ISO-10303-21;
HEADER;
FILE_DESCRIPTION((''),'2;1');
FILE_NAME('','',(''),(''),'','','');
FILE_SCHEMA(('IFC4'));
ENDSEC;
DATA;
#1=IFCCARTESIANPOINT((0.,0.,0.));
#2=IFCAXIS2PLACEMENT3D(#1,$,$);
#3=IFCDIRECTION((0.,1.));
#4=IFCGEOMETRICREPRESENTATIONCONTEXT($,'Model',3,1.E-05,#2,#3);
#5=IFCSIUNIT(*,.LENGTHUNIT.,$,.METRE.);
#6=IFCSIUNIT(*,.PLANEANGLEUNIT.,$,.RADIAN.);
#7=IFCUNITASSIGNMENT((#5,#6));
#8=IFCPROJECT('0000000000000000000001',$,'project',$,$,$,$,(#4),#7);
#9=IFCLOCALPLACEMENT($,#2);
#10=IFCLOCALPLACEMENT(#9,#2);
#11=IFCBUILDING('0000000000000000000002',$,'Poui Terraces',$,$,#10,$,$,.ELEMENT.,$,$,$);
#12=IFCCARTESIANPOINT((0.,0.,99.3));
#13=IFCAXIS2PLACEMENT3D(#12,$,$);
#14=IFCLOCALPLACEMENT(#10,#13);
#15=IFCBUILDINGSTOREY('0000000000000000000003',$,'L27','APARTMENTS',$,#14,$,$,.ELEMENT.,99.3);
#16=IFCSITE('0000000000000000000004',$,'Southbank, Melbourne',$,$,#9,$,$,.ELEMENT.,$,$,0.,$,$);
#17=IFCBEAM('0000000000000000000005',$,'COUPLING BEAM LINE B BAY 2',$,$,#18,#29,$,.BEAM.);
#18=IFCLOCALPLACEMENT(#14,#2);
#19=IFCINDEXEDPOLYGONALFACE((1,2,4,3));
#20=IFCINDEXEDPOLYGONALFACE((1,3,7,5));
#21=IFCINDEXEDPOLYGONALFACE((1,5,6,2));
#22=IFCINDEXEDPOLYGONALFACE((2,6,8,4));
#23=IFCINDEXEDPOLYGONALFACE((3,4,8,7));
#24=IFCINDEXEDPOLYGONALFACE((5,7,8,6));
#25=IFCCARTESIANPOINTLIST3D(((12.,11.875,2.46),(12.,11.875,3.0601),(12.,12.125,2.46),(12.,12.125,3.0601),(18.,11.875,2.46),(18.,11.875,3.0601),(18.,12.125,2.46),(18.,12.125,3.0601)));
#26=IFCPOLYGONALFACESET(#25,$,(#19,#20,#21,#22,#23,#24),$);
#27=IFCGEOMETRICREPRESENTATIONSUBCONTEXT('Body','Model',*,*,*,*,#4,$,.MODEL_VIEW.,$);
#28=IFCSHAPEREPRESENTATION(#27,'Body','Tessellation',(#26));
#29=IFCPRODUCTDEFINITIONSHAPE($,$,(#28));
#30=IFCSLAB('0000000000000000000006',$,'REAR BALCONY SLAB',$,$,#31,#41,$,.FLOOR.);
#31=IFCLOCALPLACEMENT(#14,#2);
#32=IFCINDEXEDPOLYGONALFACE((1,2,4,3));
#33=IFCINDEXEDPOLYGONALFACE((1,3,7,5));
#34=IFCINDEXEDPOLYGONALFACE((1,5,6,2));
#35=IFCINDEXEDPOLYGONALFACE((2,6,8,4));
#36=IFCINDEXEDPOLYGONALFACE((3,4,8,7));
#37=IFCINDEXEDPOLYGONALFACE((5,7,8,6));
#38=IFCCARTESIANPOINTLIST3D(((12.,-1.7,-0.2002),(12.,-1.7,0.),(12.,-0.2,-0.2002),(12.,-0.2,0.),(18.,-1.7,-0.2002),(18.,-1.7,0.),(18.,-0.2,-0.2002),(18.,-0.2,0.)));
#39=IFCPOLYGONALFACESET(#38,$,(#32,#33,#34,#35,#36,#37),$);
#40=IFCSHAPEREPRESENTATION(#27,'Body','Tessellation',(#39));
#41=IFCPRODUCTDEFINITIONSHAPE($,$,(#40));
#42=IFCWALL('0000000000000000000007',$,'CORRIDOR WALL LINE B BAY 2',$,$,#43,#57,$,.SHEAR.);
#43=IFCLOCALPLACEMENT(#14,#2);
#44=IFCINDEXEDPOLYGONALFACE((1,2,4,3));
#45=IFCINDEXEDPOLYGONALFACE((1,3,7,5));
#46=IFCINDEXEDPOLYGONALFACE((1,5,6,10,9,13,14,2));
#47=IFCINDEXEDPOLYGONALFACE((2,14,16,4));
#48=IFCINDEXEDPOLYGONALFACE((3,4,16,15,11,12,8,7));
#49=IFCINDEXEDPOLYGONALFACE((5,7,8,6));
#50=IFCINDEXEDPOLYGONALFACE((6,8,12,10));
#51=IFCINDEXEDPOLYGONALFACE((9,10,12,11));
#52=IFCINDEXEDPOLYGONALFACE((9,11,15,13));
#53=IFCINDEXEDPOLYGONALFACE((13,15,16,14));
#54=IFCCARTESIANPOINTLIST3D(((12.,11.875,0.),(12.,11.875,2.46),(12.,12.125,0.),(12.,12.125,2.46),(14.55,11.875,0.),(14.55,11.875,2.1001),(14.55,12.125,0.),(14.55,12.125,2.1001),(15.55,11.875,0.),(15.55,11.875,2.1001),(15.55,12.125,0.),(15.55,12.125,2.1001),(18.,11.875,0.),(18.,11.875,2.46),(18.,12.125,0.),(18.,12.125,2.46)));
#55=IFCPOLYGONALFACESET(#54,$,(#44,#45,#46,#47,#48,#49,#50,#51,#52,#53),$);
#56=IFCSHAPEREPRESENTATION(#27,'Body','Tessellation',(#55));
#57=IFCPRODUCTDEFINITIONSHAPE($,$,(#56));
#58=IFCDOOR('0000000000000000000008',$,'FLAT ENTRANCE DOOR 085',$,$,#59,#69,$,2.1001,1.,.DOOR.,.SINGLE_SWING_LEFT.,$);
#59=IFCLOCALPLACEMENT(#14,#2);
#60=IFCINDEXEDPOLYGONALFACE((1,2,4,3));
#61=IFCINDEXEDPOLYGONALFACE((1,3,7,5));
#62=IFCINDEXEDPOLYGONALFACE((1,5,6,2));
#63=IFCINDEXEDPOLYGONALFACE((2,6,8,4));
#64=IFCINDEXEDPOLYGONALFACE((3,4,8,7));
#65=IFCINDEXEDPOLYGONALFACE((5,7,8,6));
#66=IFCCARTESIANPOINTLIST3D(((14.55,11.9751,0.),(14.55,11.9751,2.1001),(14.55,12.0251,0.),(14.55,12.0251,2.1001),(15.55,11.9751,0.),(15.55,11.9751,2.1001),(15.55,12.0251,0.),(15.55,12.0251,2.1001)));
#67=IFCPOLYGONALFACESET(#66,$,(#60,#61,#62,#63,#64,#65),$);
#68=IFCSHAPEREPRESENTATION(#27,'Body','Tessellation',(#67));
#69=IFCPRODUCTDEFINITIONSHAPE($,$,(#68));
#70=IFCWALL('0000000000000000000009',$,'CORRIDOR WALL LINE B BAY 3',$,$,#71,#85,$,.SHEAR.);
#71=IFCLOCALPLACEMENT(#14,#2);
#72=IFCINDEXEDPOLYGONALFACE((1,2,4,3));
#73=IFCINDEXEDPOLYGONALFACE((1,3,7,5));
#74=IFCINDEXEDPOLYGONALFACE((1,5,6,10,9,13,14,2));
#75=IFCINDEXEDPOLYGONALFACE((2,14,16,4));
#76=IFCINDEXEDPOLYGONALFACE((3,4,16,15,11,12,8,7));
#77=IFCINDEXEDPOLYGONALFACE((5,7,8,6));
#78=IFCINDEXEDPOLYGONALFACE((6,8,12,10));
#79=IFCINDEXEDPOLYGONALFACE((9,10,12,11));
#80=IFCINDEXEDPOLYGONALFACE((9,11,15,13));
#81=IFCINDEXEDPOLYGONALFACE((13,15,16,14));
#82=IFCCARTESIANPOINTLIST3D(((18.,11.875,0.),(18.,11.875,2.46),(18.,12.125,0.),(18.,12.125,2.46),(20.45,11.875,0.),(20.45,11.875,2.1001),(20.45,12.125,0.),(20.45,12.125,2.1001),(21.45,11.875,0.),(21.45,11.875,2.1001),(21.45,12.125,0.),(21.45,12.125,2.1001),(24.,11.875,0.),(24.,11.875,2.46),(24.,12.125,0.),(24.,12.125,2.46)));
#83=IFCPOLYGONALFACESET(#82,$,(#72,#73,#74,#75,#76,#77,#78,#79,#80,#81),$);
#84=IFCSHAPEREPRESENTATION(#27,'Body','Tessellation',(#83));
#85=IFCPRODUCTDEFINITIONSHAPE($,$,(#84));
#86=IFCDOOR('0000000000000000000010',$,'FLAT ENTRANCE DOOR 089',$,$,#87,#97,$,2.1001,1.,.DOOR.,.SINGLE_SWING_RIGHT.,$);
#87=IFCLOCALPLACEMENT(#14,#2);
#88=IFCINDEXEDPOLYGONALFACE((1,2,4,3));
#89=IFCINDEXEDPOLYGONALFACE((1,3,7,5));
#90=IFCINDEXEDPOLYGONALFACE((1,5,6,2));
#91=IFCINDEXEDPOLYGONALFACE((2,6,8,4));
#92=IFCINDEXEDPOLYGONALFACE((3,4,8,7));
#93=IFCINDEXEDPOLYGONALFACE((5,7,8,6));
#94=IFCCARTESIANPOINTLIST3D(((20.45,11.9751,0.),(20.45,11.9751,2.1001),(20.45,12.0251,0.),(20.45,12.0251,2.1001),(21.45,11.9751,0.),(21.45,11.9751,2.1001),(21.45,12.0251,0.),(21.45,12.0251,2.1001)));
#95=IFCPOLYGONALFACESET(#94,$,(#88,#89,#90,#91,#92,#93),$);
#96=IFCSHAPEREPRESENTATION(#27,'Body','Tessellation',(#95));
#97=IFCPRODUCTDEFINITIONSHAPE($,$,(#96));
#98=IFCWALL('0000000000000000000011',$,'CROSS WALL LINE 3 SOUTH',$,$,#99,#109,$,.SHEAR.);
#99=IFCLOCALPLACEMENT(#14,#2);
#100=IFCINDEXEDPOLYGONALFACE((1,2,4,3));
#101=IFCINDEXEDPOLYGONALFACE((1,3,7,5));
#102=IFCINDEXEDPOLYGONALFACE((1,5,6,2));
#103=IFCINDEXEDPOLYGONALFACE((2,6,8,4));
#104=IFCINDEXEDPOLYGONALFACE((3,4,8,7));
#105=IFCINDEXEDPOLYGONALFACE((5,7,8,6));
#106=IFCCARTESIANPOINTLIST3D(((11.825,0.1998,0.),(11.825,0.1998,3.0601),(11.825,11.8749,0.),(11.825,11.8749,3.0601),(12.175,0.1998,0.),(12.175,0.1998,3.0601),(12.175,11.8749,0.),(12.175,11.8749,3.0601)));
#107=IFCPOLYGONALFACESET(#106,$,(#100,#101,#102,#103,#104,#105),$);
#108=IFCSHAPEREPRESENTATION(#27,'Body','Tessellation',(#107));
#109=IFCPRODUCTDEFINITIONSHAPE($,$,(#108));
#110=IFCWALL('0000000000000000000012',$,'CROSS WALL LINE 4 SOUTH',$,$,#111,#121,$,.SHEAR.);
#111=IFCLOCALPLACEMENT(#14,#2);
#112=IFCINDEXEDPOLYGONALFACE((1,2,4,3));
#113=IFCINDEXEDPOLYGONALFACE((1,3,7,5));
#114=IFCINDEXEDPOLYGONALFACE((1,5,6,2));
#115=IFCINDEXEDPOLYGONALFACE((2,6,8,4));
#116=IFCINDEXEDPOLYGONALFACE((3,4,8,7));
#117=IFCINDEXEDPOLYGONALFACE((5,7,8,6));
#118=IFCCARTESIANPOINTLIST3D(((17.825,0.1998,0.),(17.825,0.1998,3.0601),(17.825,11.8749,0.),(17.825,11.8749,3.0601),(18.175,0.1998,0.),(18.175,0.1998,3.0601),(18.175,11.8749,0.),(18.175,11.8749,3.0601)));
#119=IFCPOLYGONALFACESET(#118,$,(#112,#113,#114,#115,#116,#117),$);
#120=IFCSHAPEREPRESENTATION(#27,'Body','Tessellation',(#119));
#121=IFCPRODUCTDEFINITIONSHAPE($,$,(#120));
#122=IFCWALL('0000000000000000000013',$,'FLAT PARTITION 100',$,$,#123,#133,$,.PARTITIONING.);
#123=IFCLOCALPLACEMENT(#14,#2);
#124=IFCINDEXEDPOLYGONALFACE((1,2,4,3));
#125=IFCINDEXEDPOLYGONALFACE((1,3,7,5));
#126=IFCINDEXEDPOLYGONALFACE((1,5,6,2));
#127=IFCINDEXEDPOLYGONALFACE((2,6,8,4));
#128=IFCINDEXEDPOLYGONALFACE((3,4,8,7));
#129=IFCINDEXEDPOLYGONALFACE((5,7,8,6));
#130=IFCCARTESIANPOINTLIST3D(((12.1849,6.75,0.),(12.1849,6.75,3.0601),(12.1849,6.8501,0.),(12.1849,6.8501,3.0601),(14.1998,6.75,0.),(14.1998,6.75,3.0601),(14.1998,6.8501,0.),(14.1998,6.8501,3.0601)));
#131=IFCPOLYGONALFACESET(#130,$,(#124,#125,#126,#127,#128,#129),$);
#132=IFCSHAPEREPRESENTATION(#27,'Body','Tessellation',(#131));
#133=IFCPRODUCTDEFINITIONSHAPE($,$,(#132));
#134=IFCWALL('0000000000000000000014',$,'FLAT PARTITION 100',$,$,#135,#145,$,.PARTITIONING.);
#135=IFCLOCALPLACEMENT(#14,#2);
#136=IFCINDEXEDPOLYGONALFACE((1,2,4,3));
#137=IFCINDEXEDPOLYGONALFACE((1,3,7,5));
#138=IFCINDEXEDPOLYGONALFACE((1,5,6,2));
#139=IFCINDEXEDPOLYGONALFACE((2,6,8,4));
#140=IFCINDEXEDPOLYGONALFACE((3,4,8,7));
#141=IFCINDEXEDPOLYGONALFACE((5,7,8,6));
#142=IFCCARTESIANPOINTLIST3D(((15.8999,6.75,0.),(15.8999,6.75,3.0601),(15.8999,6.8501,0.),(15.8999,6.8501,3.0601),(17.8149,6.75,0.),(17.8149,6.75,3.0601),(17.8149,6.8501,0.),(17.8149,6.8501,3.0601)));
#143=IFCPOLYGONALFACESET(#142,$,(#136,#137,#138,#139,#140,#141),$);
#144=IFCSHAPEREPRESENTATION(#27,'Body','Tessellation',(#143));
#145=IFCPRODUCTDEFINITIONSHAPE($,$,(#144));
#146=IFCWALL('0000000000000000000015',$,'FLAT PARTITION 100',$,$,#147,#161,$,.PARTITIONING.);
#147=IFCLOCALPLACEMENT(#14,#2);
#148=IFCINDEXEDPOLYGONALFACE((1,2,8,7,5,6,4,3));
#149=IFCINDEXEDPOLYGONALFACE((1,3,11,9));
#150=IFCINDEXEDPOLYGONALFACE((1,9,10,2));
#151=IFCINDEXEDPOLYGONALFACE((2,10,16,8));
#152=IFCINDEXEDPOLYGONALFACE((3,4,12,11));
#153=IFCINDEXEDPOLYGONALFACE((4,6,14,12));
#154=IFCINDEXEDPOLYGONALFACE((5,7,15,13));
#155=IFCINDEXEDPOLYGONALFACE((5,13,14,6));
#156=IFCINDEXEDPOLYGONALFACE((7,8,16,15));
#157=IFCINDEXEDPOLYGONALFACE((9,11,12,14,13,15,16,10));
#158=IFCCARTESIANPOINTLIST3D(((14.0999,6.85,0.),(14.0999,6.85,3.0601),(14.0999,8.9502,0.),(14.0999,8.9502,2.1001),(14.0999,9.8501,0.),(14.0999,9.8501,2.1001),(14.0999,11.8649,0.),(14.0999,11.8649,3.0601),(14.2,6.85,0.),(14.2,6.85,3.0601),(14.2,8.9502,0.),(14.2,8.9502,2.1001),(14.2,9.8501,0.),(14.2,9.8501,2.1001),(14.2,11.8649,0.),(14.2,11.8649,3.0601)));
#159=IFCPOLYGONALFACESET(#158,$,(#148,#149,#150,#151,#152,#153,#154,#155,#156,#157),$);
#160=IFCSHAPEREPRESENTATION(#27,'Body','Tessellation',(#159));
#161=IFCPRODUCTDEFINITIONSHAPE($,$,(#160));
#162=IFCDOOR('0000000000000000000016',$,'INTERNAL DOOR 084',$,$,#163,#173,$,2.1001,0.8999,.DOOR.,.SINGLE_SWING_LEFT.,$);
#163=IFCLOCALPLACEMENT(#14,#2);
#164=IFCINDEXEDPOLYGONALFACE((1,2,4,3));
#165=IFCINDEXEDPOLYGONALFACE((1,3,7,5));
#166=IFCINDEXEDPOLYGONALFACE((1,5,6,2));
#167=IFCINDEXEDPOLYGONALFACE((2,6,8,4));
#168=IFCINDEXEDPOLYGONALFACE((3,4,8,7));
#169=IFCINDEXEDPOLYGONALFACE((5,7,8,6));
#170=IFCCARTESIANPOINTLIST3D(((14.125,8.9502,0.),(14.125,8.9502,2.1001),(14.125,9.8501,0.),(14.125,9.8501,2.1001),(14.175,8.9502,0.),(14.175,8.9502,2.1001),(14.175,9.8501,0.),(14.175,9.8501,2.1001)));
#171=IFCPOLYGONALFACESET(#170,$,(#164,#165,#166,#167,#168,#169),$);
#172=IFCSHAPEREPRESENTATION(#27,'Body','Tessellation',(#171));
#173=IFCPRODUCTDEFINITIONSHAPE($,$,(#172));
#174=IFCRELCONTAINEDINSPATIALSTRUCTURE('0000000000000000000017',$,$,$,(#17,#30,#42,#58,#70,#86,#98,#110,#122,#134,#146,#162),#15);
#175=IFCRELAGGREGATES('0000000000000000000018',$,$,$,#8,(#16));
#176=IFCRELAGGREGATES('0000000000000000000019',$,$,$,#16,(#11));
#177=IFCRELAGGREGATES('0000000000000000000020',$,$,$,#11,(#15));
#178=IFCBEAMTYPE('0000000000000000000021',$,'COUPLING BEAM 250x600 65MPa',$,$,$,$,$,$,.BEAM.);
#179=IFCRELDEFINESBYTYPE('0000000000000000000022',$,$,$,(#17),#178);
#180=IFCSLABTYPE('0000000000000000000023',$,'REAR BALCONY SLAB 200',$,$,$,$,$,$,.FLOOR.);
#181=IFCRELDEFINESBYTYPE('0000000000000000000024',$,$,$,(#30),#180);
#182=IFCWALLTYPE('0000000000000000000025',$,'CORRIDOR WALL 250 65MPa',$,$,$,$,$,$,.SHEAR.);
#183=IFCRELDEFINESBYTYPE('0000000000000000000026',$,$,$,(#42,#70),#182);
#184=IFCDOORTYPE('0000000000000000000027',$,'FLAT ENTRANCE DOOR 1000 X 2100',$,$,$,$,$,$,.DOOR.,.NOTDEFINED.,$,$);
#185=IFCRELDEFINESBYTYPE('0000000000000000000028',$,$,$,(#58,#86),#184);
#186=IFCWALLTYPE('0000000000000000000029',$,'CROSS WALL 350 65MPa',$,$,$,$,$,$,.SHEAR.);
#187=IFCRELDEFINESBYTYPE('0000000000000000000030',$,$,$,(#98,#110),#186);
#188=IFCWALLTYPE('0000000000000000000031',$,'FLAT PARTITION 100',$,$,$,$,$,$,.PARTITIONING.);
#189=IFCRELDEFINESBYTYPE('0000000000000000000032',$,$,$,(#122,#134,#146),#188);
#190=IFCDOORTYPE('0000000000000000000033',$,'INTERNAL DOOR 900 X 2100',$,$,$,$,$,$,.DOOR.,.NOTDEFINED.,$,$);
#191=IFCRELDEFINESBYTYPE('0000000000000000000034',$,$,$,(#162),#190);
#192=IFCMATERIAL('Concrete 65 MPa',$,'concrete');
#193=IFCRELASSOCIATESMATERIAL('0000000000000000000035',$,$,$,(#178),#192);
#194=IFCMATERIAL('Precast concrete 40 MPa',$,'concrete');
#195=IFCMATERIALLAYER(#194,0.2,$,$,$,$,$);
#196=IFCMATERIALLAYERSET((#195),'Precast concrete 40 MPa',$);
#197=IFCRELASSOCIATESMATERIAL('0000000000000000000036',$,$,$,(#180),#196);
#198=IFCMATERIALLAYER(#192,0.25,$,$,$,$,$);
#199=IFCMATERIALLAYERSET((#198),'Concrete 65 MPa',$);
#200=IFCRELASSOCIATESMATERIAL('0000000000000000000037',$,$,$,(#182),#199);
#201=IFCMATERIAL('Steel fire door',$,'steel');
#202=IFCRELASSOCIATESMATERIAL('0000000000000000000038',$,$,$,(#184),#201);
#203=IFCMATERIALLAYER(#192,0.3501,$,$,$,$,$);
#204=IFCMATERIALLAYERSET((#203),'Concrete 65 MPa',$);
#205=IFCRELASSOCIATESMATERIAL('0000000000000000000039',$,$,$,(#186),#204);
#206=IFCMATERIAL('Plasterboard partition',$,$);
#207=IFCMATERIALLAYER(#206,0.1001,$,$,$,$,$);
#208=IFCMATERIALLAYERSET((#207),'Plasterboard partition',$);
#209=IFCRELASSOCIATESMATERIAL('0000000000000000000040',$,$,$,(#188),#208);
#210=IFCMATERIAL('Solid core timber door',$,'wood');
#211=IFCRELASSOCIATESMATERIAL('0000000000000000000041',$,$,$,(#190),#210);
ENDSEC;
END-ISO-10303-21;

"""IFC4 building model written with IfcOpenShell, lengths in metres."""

from ifc_helpers import new_model, si_unit, direction, frame, frame_2d, origin, origin_2d, place, context, subcontext, project, spatial, polyline, rectangle, outline, extrude, source, transform, mapped, material, layer, layer_set, material_profile, profile_set, type_object, element, fill, save


model = new_model("IFC4")

# Units and contexts
model_context = context("Model", 3, precision=1e-05, world=origin(), true_north=direction((0.0, 1.0)))
body_context = subcontext(model_context, "Body", "Model", "MODEL_VIEW")
ifc_project = project(units=[si_unit("LENGTHUNIT", "METRE"), si_unit("PLANEANGLEUNIT", "RADIAN")], contexts=[model_context])

# Site, building, storey
site_placement = place(None, origin())
site = spatial("IfcSite", under=ifc_project, at=site_placement, Name="Southbank, Melbourne", CompositionType="ELEMENT", RefElevation=0.0)
building_placement = place(site_placement, origin())
building = spatial("IfcBuilding", under=site, at=building_placement, Name="Poui Terraces", CompositionType="ELEMENT")
storey_placement = place(building_placement, frame((0.0, 0.0, 99.3)))
storey = spatial("IfcBuildingStorey", under=building, at=storey_placement, Name="L27", Description="APARTMENTS", CompositionType="ELEMENT", Elevation=99.3)

# Beam
ifc_material_1 = material(Name="Concrete 65 MPa", Category="concrete")
ifc_material_profile_1 = material_profile(ifc_material_1, rectangle(XDim=0.25, YDim=0.6001, at=origin_2d()), Name="RC 250x600")
ifc_profile_set_1 = profile_set([ifc_material_profile_1], Name="Concrete 65 MPa")
beam_type = type_object("IfcBeamType", Name="COUPLING BEAM 250x600 65MPa", PredefinedType="BEAM", material=ifc_profile_set_1)
shared_shape_1 = source(origin(), body_context, "Body", "SweptSolid", [
    extrude(rectangle(XDim=0.25, YDim=0.6001, at=origin_2d()), origin(), (0.0, 0.0, 1.0), 6.0),
])
beam_placement = place(storey_placement, frame((12.0, 12.0, 2.76), z_axis=(1.0, 0.0, 0.0), x_axis=(0.0, 1.0, 0.0)))
element("IfcBeam", 1, at=beam_placement, inside=storey, type_object=beam_type, Name="COUPLING BEAM LINE B BAY 2", PredefinedType="BEAM", context=body_context, shape_type="MappedRepresentation", body=[
    mapped(shared_shape_1, transform((0.0, 0.0, 0.0))),
])

# Slab
ifc_material_2 = material(Name="Precast concrete 40 MPa", Category="concrete")
ifc_layer_1 = layer(ifc_material_2, 0.2)
ifc_layer_set_1 = layer_set([ifc_layer_1], Name="Precast concrete 40 MPa")
slab_type = type_object("IfcSlabType", Name="REAR BALCONY SLAB 200", PredefinedType="FLOOR", material=ifc_layer_set_1)
shared_shape_2 = source(origin(), body_context, "Body", "SweptSolid", [
    extrude(outline(polyline([(0.0, 0.0), (6.0, 0.0), (6.0, 1.5), (0.0, 1.5), (0.0, 0.0)])), origin(), (0.0, 0.0, 1.0), 0.2002),
])
slab_placement = place(storey_placement, frame((12.0, -1.7, -0.2002)))
element("IfcSlab", 2, at=slab_placement, inside=storey, type_object=slab_type, Name="REAR BALCONY SLAB", PredefinedType="FLOOR", context=body_context, shape_type="MappedRepresentation", body=[
    mapped(shared_shape_2, transform((0.0, 0.0, 0.0))),
])

# Walls, openings, doors
ifc_layer_2 = layer(ifc_material_1, 0.25)
ifc_layer_set_2 = layer_set([ifc_layer_2], Name="Concrete 65 MPa")
wall_type_1 = type_object("IfcWallType", Name="CORRIDOR WALL 250 65MPa", PredefinedType="SHEAR", material=ifc_layer_set_2)
wall_1_placement = place(storey_placement, frame((12.0, 12.0, 0.0), z_axis=(0.0, 0.0, 1.0), x_axis=(1.0, 0.0, 0.0)))
wall_1 = element("IfcWall", 3, at=wall_1_placement, inside=storey, type_object=wall_type_1, Name="CORRIDOR WALL LINE B BAY 2", PredefinedType="SHEAR", context=body_context, shape_type="SweptSolid", body=[
    extrude(rectangle(XDim=6.0, YDim=0.25, at=frame_2d((3.0, 0.0))), origin(), (0.0, 0.0, 1.0), 2.46),
])
opening_1_placement = place(wall_1_placement, frame((2.55, 0.0, 0.0)))
opening_1 = element("IfcOpeningElement", 4, at=opening_1_placement, cuts=wall_1, PredefinedType="OPENING", context=body_context, shape_type="SweptSolid", body=[
    extrude(rectangle(XDim=1.0, YDim=2.1001, at=frame_2d((0.5, 1.05))), frame((0.0, 0.135, 0.0), z_axis=(0.0, -1.0, 0.0), x_axis=(1.0, 0.0, 0.0)), (0.0, 0.0, 1.0), 0.27),
])
ifc_material_3 = material(Name="Steel fire door", Category="steel")
door_type_1 = type_object("IfcDoorType", Name="FLAT ENTRANCE DOOR 1000 X 2100", OperationType="NOTDEFINED", PredefinedType="DOOR", material=ifc_material_3)
door_1_placement = place(opening_1_placement, frame((1.0, 0.0, 0.0), z_axis=(0.0, 0.0, 1.0), x_axis=(-1.0, 0.0, 0.0)))
door_1 = element("IfcDoor", 5, at=door_1_placement, inside=storey, type_object=door_type_1, Name="FLAT ENTRANCE DOOR 085", OperationType="SINGLE_SWING_LEFT", OverallHeight=2.1001, OverallWidth=1.0, PredefinedType="DOOR", context=body_context, shape_type="SweptSolid", body=[
    extrude(rectangle(XDim=1.0, YDim=2.1001, at=frame_2d((0.5, 1.05))), frame((0.0, 0.0249, 0.0), z_axis=(0.0, -1.0, 0.0), x_axis=(1.0, 0.0, 0.0)), (0.0, 0.0, 1.0), 0.05),
])
fill(opening_1, door_1)
wall_2_placement = place(storey_placement, frame((18.0, 12.0, 0.0), z_axis=(0.0, 0.0, 1.0), x_axis=(1.0, 0.0, 0.0)))
wall_2 = element("IfcWall", 6, at=wall_2_placement, inside=storey, type_object=wall_type_1, Name="CORRIDOR WALL LINE B BAY 3", PredefinedType="SHEAR", context=body_context, shape_type="SweptSolid", body=[
    extrude(rectangle(XDim=6.0, YDim=0.25, at=frame_2d((3.0, 0.0))), origin(), (0.0, 0.0, 1.0), 2.46),
])
opening_2_placement = place(wall_2_placement, frame((2.45, 0.0, 0.0)))
opening_2 = element("IfcOpeningElement", 7, at=opening_2_placement, cuts=wall_2, PredefinedType="OPENING", context=body_context, shape_type="SweptSolid", body=[
    extrude(rectangle(XDim=1.0, YDim=2.1001, at=frame_2d((0.5, 1.05))), frame((0.0, 0.135, 0.0), z_axis=(0.0, -1.0, 0.0), x_axis=(1.0, 0.0, 0.0)), (0.0, 0.0, 1.0), 0.27),
])
door_2_placement = place(opening_2_placement, frame((1.0, 0.0, 0.0), z_axis=(0.0, 0.0, 1.0), x_axis=(-1.0, 0.0, 0.0)))
door_2 = element("IfcDoor", 8, at=door_2_placement, inside=storey, type_object=door_type_1, Name="FLAT ENTRANCE DOOR 089", OperationType="SINGLE_SWING_RIGHT", OverallHeight=2.1001, OverallWidth=1.0, PredefinedType="DOOR", context=body_context, shape_type="SweptSolid", body=[
    extrude(rectangle(XDim=1.0, YDim=2.1001, at=frame_2d((0.5, 1.05))), frame((0.0, 0.0249, 0.0), z_axis=(0.0, -1.0, 0.0), x_axis=(1.0, 0.0, 0.0)), (0.0, 0.0, 1.0), 0.05),
])
fill(opening_2, door_2)

# Walls
ifc_layer_3 = layer(ifc_material_1, 0.3501)
ifc_layer_set_3 = layer_set([ifc_layer_3], Name="Concrete 65 MPa")
wall_type_2 = type_object("IfcWallType", Name="CROSS WALL 350 65MPa", PredefinedType="SHEAR", material=ifc_layer_set_3)
for number, where, z_axis, x_axis, name in (
    (9, (12.0, 0.2, 0.0), (0.0, 0.0, 1.0), (0.0, 1.0, 0.0), "CROSS WALL LINE 3 SOUTH"),
    (10, (18.0, 0.2, 0.0), (0.0, 0.0, 1.0), (0.0, 1.0, 0.0), "CROSS WALL LINE 4 SOUTH"),
):
    element("IfcWall", number, at=place(storey_placement, frame(where, z_axis=z_axis, x_axis=x_axis)), inside=storey, type_object=wall_type_2, Name=name, PredefinedType="SHEAR", context=body_context, shape_type="SweptSolid", body=[
        extrude(rectangle(XDim=11.675, YDim=0.3501, at=frame_2d((5.8374, 0.0))), origin(), (0.0, 0.0, 1.0), 3.0601),
    ])
ifc_material_4 = material(Name="Plasterboard partition")
ifc_layer_4 = layer(ifc_material_4, 0.1001)
ifc_layer_set_4 = layer_set([ifc_layer_4], Name="Plasterboard partition")
wall_type_3 = type_object("IfcWallType", Name="FLAT PARTITION 100", PredefinedType="PARTITIONING", material=ifc_layer_set_4)
wall_3_placement = place(storey_placement, frame((12.1851, 6.8, 0.0), z_axis=(0.0, 0.0, 1.0), x_axis=(1.0, 0.0, 0.0)))
element("IfcWall", 11, at=wall_3_placement, inside=storey, type_object=wall_type_3, Name="FLAT PARTITION 100", PredefinedType="PARTITIONING", context=body_context, shape_type="SweptSolid", body=[
    extrude(rectangle(XDim=2.0149, YDim=0.1001, at=frame_2d((1.0073, 0.0))), origin(), (0.0, 0.0, 1.0), 3.0601),
])
wall_4_placement = place(storey_placement, frame((15.8999, 6.8, 0.0), z_axis=(0.0, 0.0, 1.0), x_axis=(1.0, 0.0, 0.0)))
element("IfcWall", 12, at=wall_4_placement, inside=storey, type_object=wall_type_3, Name="FLAT PARTITION 100", PredefinedType="PARTITIONING", context=body_context, shape_type="SweptSolid", body=[
    extrude(rectangle(XDim=1.915, YDim=0.1001, at=frame_2d((0.9575, 0.0))), origin(), (0.0, 0.0, 1.0), 3.0601),
])

# Wall, opening, door
wall_5_placement = place(storey_placement, frame((14.1499, 6.8501, 0.0), z_axis=(0.0, 0.0, 1.0), x_axis=(0.0, 1.0, 0.0)))
wall_5 = element("IfcWall", 13, at=wall_5_placement, inside=storey, type_object=wall_type_3, Name="FLAT PARTITION 100", PredefinedType="PARTITIONING", context=body_context, shape_type="SweptSolid", body=[
    extrude(rectangle(XDim=5.0149, YDim=0.1001, at=frame_2d((2.5073, 0.0))), origin(), (0.0, 0.0, 1.0), 3.0601),
])
opening_3_placement = place(wall_5_placement, frame((2.1001, 0.0, 0.0)))
opening_3 = element("IfcOpeningElement", 14, at=opening_3_placement, cuts=wall_5, PredefinedType="OPENING", context=body_context, shape_type="SweptSolid", body=[
    extrude(rectangle(XDim=0.8999, YDim=2.1001, at=frame_2d((0.45, 1.05))), frame((0.0, 0.0601, 0.0), z_axis=(0.0, -1.0, 0.0), x_axis=(1.0, 0.0, 0.0)), (0.0, 0.0, 1.0), 0.1201),
])
ifc_material_5 = material(Name="Solid core timber door", Category="wood")
door_type_2 = type_object("IfcDoorType", Name="INTERNAL DOOR 900 X 2100", OperationType="NOTDEFINED", PredefinedType="DOOR", material=ifc_material_5)
door_3_placement = place(opening_3_placement, origin())
door_3 = element("IfcDoor", 15, at=door_3_placement, inside=storey, type_object=door_type_2, Name="INTERNAL DOOR 084", OperationType="SINGLE_SWING_LEFT", OverallHeight=2.1001, OverallWidth=0.8999, PredefinedType="DOOR", context=body_context, shape_type="SweptSolid", body=[
    extrude(rectangle(XDim=0.8999, YDim=2.1001, at=frame_2d((0.45, 1.05))), frame((0.0, 0.0249, 0.0), z_axis=(0.0, -1.0, 0.0), x_axis=(1.0, 0.0, 0.0)), (0.0, 0.0, 1.0), 0.05),
])
fill(opening_3, door_3)

save(model, "model.ifc")
